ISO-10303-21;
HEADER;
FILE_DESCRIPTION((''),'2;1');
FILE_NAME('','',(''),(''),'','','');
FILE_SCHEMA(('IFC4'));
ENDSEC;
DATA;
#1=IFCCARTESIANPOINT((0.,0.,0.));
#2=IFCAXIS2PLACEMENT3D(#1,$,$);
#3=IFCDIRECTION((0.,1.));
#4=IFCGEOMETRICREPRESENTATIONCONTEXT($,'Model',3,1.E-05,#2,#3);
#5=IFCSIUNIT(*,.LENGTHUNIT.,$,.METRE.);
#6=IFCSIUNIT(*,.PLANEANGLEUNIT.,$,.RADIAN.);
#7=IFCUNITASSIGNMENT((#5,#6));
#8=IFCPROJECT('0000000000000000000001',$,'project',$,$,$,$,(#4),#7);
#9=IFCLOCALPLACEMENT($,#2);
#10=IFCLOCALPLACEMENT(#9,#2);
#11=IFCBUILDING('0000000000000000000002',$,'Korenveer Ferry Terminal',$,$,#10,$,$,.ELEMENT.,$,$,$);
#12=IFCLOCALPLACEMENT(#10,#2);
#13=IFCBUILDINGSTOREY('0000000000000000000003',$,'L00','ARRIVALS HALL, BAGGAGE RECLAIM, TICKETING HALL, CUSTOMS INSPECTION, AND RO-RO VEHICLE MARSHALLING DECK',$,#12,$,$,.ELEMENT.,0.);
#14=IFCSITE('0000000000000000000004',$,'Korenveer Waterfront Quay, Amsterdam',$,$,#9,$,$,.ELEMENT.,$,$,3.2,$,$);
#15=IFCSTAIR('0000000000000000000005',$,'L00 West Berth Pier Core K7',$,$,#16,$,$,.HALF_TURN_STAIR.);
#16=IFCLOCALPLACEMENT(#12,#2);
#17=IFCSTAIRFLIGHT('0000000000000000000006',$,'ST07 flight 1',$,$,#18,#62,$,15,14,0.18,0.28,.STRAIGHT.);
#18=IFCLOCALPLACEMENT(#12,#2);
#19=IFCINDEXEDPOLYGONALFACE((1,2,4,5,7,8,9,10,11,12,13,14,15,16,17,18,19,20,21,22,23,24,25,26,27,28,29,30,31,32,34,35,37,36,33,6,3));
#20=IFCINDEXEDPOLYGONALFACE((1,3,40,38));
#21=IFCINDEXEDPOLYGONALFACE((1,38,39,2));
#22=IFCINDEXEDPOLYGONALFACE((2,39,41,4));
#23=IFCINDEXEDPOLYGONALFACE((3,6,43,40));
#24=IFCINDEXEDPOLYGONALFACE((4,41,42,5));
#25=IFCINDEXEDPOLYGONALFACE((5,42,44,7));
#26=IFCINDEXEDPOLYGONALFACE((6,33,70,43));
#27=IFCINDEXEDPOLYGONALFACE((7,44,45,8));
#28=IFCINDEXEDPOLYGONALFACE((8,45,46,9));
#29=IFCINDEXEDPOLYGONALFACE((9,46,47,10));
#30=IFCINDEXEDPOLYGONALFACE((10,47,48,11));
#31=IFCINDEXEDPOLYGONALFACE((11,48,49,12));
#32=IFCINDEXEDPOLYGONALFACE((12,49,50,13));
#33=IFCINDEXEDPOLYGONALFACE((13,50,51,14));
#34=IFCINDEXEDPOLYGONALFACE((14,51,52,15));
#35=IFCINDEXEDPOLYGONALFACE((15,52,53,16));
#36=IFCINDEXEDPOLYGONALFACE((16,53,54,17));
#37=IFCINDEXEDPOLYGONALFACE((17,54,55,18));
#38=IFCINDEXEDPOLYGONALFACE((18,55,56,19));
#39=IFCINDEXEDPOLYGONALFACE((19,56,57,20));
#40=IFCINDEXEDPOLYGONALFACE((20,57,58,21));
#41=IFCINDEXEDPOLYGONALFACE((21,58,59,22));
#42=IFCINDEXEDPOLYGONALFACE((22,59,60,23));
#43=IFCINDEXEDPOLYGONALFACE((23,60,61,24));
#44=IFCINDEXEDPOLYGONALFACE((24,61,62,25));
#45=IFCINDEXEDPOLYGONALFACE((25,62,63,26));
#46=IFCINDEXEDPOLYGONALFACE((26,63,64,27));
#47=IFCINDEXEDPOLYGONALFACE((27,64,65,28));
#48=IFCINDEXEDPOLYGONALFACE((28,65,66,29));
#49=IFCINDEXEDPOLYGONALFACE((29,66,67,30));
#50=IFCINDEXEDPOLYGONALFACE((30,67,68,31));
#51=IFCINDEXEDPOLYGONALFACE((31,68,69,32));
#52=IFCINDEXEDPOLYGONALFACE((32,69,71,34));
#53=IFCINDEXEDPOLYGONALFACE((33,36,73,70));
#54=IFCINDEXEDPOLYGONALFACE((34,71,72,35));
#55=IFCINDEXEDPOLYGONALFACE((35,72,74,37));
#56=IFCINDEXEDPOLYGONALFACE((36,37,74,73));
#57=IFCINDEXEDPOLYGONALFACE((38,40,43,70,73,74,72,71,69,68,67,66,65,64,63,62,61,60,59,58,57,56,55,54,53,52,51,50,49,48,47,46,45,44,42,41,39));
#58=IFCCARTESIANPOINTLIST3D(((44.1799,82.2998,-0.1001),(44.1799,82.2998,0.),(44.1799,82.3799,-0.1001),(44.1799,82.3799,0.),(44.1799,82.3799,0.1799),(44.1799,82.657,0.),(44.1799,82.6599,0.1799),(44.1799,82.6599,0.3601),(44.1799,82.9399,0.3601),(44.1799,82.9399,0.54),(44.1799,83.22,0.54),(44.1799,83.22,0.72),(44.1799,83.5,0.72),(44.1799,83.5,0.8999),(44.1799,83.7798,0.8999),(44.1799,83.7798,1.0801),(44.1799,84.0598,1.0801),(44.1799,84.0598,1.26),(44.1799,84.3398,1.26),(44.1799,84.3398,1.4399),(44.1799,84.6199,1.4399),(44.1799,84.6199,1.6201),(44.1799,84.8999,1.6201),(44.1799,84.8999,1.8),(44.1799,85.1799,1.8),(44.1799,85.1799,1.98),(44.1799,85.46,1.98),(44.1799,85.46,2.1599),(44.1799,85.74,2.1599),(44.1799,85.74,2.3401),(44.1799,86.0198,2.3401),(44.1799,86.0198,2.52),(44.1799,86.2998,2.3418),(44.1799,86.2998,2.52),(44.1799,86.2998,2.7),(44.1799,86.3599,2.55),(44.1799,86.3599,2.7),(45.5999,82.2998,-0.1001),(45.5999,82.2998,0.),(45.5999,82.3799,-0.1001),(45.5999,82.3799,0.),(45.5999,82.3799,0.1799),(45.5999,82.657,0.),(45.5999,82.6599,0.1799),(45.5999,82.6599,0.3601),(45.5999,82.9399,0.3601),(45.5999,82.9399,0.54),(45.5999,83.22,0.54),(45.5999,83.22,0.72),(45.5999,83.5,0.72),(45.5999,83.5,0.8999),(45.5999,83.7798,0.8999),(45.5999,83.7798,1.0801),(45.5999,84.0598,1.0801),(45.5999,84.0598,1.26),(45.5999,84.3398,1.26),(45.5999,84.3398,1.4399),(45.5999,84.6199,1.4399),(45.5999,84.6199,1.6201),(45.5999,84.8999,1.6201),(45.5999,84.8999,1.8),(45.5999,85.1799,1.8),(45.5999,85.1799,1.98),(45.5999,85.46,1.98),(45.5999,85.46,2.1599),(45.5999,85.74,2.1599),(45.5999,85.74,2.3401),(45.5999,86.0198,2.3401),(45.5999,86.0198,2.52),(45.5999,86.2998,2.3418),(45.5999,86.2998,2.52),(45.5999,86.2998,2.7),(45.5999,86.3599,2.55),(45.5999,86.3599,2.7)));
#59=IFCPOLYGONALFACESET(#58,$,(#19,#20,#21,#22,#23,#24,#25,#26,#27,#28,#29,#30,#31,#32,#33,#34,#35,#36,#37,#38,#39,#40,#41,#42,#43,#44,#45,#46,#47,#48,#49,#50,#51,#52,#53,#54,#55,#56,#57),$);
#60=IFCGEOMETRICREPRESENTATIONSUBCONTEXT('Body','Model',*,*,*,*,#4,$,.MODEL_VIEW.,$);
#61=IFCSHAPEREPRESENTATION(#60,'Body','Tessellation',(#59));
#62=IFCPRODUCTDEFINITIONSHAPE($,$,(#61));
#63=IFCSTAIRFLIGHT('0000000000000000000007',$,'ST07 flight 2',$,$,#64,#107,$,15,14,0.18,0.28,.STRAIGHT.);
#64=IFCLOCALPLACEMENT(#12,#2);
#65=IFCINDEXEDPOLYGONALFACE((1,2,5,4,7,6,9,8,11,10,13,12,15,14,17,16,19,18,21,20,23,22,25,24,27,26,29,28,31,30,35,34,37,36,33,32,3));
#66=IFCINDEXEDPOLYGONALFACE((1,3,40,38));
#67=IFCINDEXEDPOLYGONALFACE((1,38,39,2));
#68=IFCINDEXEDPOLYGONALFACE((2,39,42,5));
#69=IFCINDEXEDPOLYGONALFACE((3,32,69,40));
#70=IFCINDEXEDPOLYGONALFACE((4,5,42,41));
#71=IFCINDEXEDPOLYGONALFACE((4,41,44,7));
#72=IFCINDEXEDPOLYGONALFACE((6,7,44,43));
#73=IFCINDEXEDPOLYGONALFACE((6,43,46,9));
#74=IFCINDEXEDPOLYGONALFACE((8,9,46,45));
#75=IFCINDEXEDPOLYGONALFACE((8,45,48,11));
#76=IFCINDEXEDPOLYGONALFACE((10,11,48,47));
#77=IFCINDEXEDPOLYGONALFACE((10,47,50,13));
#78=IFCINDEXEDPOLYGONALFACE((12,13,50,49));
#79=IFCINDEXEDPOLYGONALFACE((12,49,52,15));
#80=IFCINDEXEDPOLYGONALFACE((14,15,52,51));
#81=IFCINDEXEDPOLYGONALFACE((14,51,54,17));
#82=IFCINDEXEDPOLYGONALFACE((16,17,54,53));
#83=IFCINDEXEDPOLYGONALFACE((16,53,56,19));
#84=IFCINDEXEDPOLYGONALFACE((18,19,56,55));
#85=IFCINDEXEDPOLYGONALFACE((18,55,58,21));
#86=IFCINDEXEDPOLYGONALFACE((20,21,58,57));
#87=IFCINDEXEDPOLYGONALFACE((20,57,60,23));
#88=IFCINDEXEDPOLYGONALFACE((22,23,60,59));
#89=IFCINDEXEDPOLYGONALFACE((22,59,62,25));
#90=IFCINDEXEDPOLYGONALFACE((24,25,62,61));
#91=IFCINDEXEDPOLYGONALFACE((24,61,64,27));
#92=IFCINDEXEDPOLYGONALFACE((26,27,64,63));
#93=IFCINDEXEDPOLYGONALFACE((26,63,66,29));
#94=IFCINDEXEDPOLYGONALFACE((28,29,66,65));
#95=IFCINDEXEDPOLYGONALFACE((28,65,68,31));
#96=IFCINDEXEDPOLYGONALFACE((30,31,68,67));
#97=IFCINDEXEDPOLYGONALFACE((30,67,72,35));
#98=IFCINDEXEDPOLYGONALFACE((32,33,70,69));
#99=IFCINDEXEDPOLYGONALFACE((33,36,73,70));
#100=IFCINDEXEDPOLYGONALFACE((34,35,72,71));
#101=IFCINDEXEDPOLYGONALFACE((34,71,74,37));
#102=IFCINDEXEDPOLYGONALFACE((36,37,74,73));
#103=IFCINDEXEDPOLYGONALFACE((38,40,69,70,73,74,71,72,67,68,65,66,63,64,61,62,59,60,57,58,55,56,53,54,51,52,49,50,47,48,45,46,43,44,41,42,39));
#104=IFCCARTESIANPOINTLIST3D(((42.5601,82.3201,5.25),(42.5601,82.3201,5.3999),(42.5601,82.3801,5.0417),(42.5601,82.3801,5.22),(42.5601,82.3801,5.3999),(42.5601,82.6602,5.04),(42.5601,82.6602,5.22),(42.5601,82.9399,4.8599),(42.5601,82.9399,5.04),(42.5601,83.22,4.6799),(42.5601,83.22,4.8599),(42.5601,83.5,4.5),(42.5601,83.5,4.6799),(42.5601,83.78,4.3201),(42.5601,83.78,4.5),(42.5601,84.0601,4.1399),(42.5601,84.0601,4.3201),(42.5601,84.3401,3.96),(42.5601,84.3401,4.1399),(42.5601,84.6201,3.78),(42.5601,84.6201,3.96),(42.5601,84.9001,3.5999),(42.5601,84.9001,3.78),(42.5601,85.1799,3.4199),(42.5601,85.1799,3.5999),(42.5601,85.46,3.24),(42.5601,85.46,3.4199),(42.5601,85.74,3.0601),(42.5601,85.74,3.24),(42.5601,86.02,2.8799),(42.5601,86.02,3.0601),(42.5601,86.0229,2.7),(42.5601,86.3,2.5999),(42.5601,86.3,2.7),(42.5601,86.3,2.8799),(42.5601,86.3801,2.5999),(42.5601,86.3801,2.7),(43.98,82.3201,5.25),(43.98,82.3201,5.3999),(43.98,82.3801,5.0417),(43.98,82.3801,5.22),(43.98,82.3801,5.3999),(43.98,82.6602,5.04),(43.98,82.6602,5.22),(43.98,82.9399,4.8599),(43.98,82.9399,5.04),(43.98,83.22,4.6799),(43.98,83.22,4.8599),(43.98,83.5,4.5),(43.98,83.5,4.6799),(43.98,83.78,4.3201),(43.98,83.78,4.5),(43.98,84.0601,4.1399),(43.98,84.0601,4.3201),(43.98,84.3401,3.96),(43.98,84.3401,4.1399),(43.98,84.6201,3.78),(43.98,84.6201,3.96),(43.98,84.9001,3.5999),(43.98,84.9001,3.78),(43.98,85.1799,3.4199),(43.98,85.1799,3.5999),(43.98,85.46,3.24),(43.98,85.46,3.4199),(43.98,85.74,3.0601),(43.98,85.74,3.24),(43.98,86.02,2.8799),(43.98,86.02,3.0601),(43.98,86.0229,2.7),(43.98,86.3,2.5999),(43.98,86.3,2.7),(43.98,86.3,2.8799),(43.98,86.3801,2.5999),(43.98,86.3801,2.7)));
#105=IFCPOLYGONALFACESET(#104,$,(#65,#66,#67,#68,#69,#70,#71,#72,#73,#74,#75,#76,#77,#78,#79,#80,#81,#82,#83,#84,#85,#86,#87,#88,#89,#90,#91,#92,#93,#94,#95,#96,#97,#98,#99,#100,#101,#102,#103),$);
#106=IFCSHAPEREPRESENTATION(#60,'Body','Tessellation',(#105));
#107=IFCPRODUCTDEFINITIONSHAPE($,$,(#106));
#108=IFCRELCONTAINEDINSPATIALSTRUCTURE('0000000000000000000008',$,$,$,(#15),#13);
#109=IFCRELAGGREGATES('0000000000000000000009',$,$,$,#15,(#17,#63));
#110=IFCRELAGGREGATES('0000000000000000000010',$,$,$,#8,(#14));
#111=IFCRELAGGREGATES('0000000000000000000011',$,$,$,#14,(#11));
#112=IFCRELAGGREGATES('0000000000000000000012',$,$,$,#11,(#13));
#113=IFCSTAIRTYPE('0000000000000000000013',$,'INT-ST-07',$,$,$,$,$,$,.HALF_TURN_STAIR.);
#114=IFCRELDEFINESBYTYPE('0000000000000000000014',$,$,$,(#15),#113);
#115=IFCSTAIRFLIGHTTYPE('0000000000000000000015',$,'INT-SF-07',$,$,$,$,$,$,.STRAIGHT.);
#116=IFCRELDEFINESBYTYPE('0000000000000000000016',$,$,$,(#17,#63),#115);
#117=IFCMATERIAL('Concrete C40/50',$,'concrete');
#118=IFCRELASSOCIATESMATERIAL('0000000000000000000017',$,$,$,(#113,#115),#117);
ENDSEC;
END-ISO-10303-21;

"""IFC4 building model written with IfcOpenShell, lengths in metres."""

from ifc_helpers import new_model, si_unit, direction, frame, origin, place, context, subcontext, project, spatial, polyline, outline, extrude, material, type_object, element, aggregate, save


model = new_model("IFC4")

# Units and contexts
model_context = context("Model", 3, precision=1e-05, world=origin(), true_north=direction((0.0, 1.0)))
body_context = subcontext(model_context, "Body", "Model", "MODEL_VIEW")
ifc_project = project(units=[si_unit("LENGTHUNIT", "METRE"), si_unit("PLANEANGLEUNIT", "RADIAN")], contexts=[model_context])

# Site, building, storey
site_placement = place(None, origin())
site = spatial("IfcSite", under=ifc_project, at=site_placement, Name="Korenveer Waterfront Quay, Amsterdam", CompositionType="ELEMENT", RefElevation=3.2)
building_placement = place(site_placement, origin())
building = spatial("IfcBuilding", under=site, at=building_placement, Name="Korenveer Ferry Terminal", CompositionType="ELEMENT")
storey_placement = place(building_placement, origin())
storey = spatial("IfcBuildingStorey", under=building, at=storey_placement, Name="L00", Description="ARRIVALS HALL, BAGGAGE RECLAIM, TICKETING HALL, CUSTOMS INSPECTION, AND RO-RO VEHICLE MARSHALLING DECK", CompositionType="ELEMENT", Elevation=0.0)

# Shared definitions
ifc_material_1 = material(Name="Concrete C40/50", Category="concrete")

# Stair, stair flights
stair_type = type_object("IfcStairType", Name="INT-ST-07", PredefinedType="HALF_TURN_STAIR", material=ifc_material_1)
stair_placement = place(storey_placement, frame((44.8899, 82.3799, 0.0)))
stair = element("IfcStair", 1, at=stair_placement, inside=storey, type_object=stair_type, Name="L00 West Berth Pier Core K7", PredefinedType="HALF_TURN_STAIR")
stair_flight_type = type_object("IfcStairFlightType", Name="INT-SF-07", PredefinedType="STRAIGHT", material=ifc_material_1)
stair_flight_1_placement = place(storey_placement, frame((44.8899, 82.3799, 0.0), z_axis=(0.0, 0.0, 1.0), x_axis=(0.0, 1.0, 0.0)))
stair_flight_1 = element("IfcStairFlight", 2, at=stair_flight_1_placement, type_object=stair_flight_type, Name="ST07 flight 1", NumberOfRisers=15, NumberOfTreads=14, PredefinedType="STRAIGHT", RiserHeight=0.18, TreadLength=0.28, context=body_context, shape_type="SweptSolid", body=[
    extrude(outline(polyline([(-0.0801, 0.0), (0.0, 0.0), (0.0, 0.1799), (0.28, 0.1799), (0.28, 0.3601), (0.5601, 0.3601), (0.5601, 0.54), (0.8401, 0.54), (0.8401, 0.72), (1.1201, 0.72), (1.1201, 0.8999), (1.3999, 0.8999), (1.3999, 1.0801), (1.6799, 1.0801), (1.6799, 1.26), (1.96, 1.26), (1.96, 1.4399), (2.24, 1.4399), (2.24, 1.6201), (2.52, 1.6201), (2.52, 1.8), (2.8, 1.8), (2.8, 1.98), (3.0801, 1.98), (3.0801, 2.1599), (3.3601, 2.1599), (3.3601, 2.3401), (3.6399, 2.3401), (3.6399, 2.52), (3.9199, 2.52), (3.9199, 2.7), (3.98, 2.7), (3.98, 2.55), (3.9199, 2.3418), (0.2771, 0.0), (0.0, -0.1001), (-0.0801, -0.1001), (-0.0801, 0.0)])), frame((0.0, 0.71, 0.0), z_axis=(0.0, -1.0, 0.0), x_axis=(1.0, 0.0, 0.0)), (0.0, 0.0, 1.0), 1.4199),
])
stair_flight_2_placement = place(storey_placement, frame((43.27, 86.3, 2.7), z_axis=(0.0, 0.0, 1.0), x_axis=(0.0, -1.0, 0.0)))
stair_flight_2 = element("IfcStairFlight", 3, at=stair_flight_2_placement, type_object=stair_flight_type, Name="ST07 flight 2", NumberOfRisers=15, NumberOfTreads=14, PredefinedType="STRAIGHT", RiserHeight=0.18, TreadLength=0.28, context=body_context, shape_type="SweptSolid", body=[
    extrude(outline(polyline([(-0.0801, 0.0), (0.0, 0.0), (0.0, 0.1799), (0.28, 0.1799), (0.28, 0.3601), (0.5601, 0.3601), (0.5601, 0.54), (0.8401, 0.54), (0.8401, 0.72), (1.1201, 0.72), (1.1201, 0.8999), (1.3999, 0.8999), (1.3999, 1.0801), (1.6799, 1.0801), (1.6799, 1.26), (1.96, 1.26), (1.96, 1.4399), (2.24, 1.4399), (2.24, 1.6201), (2.52, 1.6201), (2.52, 1.8), (2.8, 1.8), (2.8, 1.98), (3.0801, 1.98), (3.0801, 2.1599), (3.3601, 2.1599), (3.3601, 2.3401), (3.6399, 2.3401), (3.6399, 2.52), (3.9199, 2.52), (3.9199, 2.7), (3.98, 2.7), (3.98, 2.55), (3.9199, 2.3418), (0.2771, 0.0), (0.0, -0.1001), (-0.0801, -0.1001), (-0.0801, 0.0)])), frame((0.0, 0.71, 0.0), z_axis=(0.0, -1.0, 0.0), x_axis=(1.0, 0.0, 0.0)), (0.0, 0.0, 1.0), 1.4199),
])
aggregate(stair, [stair_flight_1, stair_flight_2])

save(model, "model.ifc")
